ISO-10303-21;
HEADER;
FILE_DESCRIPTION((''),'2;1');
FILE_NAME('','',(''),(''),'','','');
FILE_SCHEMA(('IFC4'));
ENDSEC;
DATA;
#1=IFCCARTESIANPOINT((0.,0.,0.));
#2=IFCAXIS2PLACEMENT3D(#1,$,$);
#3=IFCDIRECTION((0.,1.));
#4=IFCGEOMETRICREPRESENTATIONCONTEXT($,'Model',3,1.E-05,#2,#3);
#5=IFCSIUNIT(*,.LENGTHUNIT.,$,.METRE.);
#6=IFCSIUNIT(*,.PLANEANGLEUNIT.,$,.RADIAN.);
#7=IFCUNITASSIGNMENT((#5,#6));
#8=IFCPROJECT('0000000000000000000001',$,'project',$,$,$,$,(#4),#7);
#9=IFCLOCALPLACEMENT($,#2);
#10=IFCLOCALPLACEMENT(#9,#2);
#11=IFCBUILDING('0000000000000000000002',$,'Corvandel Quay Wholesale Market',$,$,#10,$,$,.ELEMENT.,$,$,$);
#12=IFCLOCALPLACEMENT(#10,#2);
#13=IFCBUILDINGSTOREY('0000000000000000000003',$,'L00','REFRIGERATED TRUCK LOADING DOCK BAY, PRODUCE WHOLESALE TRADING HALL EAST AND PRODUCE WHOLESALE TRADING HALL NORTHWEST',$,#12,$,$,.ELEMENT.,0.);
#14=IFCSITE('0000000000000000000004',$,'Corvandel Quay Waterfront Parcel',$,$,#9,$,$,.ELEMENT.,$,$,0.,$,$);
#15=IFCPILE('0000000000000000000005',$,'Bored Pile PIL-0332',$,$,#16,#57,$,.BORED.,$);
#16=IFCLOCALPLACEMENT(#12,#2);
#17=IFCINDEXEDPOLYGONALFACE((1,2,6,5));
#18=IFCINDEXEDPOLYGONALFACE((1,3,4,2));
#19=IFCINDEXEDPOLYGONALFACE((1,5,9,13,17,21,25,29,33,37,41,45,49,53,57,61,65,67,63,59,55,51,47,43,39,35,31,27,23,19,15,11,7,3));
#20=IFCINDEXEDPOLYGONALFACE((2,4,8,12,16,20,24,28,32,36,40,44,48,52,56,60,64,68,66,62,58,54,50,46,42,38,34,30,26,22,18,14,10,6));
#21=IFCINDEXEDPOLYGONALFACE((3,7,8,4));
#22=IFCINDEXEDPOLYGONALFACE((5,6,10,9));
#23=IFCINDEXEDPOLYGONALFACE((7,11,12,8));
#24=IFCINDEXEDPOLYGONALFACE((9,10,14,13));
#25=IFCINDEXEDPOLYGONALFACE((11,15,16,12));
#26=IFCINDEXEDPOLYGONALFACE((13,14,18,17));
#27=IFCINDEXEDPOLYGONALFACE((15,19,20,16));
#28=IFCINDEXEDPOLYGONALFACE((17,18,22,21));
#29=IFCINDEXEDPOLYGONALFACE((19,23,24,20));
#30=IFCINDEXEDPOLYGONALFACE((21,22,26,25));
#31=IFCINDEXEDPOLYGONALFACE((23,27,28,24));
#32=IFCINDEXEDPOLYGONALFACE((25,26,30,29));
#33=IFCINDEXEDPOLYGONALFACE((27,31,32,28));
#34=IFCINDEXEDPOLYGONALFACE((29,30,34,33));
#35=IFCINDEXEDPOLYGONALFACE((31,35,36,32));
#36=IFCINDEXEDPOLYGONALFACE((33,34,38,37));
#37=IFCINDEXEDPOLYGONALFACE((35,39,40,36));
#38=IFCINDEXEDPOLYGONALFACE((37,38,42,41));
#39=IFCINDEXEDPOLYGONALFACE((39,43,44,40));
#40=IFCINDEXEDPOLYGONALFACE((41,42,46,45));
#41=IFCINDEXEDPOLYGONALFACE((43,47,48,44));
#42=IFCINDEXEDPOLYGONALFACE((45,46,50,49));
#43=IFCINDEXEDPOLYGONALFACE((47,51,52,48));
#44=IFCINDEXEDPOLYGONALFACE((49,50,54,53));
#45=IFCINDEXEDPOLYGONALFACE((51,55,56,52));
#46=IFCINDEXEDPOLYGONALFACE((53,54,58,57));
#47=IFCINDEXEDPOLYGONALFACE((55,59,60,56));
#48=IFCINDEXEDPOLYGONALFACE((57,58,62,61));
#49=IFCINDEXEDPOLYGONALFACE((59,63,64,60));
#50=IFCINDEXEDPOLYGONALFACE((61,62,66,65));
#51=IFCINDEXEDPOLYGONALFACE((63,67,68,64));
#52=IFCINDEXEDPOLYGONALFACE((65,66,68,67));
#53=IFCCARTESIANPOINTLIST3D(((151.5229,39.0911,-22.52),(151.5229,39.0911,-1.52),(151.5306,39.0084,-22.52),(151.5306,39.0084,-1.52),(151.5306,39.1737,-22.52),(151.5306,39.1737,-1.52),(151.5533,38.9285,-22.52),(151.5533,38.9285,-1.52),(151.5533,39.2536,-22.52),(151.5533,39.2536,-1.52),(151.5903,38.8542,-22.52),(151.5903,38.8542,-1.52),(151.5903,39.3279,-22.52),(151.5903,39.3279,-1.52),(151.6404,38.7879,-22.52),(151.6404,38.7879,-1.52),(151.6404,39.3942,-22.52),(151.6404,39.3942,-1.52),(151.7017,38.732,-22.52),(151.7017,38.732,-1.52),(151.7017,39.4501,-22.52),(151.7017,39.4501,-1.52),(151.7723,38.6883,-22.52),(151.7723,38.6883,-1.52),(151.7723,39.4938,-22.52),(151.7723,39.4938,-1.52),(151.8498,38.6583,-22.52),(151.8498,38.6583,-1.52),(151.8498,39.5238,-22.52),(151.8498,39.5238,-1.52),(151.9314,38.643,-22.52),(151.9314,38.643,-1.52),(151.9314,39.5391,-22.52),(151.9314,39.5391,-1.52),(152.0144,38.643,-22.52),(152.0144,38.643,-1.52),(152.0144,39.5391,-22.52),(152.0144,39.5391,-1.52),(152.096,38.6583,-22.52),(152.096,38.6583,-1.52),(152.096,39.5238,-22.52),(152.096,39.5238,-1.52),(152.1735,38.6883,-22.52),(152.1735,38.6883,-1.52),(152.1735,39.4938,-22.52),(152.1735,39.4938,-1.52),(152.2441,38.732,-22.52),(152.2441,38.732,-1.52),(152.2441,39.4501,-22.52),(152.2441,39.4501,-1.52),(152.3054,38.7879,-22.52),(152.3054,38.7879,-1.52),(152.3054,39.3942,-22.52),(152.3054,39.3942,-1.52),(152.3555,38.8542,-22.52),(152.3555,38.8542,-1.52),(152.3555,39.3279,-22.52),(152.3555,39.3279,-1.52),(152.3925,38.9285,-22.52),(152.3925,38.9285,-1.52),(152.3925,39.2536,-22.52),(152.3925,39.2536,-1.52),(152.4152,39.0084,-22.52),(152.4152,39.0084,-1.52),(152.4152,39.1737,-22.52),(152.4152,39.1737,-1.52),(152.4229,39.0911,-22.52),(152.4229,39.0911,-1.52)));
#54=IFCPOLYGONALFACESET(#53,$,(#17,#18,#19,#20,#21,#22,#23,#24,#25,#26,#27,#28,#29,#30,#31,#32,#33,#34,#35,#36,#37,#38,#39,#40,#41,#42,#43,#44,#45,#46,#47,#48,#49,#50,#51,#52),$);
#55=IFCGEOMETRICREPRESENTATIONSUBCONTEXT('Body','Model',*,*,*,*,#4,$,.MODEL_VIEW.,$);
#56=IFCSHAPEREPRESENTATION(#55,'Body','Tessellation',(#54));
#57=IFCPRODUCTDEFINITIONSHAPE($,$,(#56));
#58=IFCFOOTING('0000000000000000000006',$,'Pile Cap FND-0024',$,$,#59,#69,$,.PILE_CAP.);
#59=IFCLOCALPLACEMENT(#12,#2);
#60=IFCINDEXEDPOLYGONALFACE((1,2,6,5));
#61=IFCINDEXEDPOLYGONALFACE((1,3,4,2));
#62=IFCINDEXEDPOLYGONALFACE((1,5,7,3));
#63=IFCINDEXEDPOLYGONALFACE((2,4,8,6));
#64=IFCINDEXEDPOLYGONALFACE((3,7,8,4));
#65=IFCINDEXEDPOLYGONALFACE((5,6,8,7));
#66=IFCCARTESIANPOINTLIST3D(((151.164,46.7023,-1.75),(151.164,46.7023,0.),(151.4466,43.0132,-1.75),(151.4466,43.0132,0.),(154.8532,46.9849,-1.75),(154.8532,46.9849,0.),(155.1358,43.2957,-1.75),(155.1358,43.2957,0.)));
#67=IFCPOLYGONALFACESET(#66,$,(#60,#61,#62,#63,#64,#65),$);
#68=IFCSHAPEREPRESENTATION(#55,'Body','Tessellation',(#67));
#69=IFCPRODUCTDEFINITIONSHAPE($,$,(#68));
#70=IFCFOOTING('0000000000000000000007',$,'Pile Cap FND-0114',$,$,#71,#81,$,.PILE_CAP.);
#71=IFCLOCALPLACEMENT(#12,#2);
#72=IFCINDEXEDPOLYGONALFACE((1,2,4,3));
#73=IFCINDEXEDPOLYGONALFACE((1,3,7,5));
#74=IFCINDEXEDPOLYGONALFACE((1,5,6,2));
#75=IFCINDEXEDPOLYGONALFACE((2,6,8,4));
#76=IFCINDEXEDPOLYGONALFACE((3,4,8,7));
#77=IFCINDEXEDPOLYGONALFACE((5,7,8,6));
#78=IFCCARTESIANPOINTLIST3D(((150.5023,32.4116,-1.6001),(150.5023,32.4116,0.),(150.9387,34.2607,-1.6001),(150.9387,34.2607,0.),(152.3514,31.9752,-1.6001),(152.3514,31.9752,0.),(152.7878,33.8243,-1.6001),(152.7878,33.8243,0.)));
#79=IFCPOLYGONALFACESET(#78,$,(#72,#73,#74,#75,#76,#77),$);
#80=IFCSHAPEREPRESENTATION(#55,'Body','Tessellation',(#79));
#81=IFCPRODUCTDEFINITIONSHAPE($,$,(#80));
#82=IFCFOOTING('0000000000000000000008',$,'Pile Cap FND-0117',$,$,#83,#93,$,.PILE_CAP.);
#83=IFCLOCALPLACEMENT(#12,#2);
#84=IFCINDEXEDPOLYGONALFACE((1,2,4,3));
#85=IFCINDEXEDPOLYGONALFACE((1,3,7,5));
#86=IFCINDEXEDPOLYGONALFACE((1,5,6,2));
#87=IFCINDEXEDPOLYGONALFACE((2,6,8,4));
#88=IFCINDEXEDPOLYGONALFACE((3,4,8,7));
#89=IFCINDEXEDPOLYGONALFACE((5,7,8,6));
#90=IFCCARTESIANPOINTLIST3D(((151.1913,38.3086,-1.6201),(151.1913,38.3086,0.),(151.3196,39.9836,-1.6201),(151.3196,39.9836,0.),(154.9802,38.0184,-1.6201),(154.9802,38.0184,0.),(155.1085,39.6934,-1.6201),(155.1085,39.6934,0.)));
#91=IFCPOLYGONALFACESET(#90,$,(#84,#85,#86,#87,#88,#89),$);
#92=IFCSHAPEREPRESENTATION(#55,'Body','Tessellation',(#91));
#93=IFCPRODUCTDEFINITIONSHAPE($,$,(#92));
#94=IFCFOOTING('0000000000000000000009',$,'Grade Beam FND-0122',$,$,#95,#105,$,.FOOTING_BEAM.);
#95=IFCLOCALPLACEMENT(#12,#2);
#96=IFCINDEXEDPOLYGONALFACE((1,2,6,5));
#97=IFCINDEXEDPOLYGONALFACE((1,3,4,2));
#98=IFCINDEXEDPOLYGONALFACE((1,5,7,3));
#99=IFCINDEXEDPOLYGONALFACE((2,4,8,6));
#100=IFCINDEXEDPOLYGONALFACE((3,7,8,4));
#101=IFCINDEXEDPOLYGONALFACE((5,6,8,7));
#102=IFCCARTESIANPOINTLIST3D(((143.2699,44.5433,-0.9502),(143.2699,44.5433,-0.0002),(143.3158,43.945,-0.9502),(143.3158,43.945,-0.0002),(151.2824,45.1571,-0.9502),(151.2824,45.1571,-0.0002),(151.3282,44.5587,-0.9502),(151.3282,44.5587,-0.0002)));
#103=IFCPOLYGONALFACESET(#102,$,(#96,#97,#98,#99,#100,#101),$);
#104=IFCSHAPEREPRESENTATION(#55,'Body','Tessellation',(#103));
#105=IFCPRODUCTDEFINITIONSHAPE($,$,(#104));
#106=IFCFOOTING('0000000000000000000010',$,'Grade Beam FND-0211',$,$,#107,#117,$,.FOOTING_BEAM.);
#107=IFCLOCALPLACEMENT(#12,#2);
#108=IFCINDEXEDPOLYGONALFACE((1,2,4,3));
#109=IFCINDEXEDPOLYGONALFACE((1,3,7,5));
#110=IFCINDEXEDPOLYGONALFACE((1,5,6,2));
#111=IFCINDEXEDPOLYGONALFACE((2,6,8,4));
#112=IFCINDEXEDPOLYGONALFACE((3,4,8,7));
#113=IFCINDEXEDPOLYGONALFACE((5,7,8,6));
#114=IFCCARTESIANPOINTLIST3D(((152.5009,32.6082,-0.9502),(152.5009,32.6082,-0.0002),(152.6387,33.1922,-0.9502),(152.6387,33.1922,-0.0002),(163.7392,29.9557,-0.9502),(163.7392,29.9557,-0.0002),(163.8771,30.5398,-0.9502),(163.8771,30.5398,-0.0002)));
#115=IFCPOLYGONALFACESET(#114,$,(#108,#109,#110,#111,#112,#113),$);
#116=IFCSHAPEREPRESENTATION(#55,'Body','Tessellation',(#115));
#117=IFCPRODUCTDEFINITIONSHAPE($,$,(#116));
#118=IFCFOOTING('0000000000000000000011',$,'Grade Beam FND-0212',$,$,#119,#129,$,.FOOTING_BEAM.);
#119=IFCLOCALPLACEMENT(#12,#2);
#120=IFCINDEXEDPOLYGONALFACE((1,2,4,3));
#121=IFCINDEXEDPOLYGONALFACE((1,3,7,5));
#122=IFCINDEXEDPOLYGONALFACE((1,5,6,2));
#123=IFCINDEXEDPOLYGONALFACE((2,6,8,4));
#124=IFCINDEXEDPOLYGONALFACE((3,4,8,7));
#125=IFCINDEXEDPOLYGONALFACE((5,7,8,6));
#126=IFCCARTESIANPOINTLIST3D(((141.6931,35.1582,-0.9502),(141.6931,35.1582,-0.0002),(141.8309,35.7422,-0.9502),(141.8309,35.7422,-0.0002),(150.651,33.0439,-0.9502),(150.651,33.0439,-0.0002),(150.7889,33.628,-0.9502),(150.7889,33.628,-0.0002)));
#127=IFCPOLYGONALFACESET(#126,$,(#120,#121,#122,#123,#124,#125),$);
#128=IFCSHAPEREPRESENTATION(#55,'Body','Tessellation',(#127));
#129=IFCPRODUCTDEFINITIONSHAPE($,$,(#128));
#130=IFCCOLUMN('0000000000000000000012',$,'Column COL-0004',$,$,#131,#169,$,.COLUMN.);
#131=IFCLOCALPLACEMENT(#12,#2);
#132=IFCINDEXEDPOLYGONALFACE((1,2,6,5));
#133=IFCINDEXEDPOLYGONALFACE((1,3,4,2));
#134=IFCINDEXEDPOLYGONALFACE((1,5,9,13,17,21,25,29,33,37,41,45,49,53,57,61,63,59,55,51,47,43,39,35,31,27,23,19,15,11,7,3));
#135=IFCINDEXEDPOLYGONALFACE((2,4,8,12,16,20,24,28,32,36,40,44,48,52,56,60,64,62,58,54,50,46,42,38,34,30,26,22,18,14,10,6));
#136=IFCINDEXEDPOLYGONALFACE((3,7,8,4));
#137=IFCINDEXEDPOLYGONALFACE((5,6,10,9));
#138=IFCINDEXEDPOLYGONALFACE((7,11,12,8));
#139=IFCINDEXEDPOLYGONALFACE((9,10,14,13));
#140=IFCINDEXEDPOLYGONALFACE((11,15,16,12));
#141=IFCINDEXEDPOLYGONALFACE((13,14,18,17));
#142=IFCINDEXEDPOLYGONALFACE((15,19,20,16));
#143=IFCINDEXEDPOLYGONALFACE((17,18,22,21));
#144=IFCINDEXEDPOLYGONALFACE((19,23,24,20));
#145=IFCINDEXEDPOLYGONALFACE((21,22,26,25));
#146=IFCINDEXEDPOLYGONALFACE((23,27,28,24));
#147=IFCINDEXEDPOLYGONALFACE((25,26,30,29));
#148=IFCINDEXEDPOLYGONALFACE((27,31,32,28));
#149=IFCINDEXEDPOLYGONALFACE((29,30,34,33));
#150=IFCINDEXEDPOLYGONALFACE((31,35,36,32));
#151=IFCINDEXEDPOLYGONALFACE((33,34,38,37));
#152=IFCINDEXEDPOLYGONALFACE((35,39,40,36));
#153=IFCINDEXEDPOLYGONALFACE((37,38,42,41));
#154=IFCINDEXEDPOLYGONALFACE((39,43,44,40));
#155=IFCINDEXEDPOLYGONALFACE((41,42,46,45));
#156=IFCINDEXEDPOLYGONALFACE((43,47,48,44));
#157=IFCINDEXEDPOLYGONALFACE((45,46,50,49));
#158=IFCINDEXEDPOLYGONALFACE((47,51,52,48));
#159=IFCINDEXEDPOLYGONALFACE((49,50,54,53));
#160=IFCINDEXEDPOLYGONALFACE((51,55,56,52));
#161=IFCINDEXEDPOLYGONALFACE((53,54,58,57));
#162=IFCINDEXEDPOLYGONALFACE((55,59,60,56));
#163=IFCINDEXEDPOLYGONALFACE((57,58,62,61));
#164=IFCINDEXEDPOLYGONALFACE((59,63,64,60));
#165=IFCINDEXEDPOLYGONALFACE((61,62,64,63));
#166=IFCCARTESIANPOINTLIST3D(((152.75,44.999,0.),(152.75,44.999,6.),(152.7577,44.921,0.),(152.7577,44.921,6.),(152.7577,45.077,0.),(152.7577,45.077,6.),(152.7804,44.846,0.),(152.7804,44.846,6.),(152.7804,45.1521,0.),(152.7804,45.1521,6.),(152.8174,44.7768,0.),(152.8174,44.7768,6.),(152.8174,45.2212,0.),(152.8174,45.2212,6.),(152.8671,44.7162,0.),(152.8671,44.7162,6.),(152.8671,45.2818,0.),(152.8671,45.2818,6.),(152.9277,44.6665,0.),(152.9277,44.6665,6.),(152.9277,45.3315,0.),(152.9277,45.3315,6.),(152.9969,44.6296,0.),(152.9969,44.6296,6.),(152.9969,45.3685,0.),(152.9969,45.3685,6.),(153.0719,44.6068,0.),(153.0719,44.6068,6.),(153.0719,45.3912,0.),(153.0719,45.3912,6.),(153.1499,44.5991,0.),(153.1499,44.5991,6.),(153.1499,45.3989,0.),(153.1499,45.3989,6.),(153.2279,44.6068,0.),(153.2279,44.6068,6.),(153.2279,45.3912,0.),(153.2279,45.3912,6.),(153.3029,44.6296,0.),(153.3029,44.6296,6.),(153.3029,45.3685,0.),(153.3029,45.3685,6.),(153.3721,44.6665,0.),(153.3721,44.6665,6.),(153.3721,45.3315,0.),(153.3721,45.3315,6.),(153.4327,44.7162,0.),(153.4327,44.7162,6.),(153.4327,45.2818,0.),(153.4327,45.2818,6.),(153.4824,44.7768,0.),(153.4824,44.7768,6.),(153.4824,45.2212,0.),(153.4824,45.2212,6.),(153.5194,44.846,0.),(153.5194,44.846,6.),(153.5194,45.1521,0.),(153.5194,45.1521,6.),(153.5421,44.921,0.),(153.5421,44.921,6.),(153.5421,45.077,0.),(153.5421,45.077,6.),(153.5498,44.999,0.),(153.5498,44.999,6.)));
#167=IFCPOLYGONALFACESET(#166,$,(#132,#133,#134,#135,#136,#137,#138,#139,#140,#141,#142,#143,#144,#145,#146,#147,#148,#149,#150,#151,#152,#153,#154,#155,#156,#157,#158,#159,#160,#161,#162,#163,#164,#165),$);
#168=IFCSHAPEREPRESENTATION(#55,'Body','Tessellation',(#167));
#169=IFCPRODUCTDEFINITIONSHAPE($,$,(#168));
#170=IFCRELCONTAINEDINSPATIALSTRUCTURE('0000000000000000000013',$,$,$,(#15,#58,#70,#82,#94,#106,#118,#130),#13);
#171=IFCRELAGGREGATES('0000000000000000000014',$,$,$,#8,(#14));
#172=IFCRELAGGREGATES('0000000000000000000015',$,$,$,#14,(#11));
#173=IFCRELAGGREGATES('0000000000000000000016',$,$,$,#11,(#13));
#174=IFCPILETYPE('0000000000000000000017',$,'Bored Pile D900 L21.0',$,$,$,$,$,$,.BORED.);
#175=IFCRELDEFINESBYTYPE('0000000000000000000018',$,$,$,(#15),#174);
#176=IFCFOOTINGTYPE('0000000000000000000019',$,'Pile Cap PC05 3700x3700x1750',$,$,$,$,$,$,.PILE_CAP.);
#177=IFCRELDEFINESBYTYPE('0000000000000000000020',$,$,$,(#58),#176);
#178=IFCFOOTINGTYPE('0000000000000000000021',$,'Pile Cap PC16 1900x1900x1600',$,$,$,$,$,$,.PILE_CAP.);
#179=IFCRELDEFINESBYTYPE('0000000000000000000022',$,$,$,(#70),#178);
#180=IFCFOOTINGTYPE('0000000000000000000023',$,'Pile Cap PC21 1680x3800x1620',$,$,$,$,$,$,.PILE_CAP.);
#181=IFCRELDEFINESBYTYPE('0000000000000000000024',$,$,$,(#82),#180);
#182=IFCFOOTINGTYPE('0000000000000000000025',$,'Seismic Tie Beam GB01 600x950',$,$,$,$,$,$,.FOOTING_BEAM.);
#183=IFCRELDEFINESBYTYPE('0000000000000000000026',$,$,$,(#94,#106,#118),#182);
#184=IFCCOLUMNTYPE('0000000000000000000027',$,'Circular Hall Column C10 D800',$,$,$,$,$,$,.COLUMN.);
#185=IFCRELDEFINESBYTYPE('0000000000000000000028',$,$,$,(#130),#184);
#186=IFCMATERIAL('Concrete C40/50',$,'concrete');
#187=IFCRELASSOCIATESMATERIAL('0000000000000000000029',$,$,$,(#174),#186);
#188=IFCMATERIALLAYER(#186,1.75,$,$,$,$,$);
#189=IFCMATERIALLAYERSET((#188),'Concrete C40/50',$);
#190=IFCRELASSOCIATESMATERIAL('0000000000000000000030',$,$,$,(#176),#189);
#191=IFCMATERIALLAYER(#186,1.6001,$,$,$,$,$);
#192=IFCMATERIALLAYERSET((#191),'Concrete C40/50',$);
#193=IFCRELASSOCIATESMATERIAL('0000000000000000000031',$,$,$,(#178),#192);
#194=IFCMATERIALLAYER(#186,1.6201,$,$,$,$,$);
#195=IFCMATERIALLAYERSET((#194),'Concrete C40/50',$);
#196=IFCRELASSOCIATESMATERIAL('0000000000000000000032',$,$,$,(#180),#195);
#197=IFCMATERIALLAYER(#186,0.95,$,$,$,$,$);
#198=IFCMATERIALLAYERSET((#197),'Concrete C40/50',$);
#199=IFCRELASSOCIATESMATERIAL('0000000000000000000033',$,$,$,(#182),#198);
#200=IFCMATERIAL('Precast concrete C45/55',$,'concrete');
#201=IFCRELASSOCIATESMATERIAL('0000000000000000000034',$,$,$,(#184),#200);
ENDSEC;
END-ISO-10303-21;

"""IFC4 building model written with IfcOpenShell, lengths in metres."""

from ifc_helpers import new_model, si_unit, direction, frame, origin, origin_2d, place, context, subcontext, project, spatial, rectangle, circle, extrude, material, layer, layer_set, material_profile, profile_set, type_object, element, save


model = new_model("IFC4")

# Units and contexts
model_context = context("Model", 3, precision=1e-05, world=origin(), true_north=direction((0.0, 1.0)))
body_context = subcontext(model_context, "Body", "Model", "MODEL_VIEW")
ifc_project = project(units=[si_unit("LENGTHUNIT", "METRE"), si_unit("PLANEANGLEUNIT", "RADIAN")], contexts=[model_context])

# Site, building, storey
site_placement = place(None, origin())
site = spatial("IfcSite", under=ifc_project, at=site_placement, Name="Corvandel Quay Waterfront Parcel", CompositionType="ELEMENT", RefElevation=0.0)
building_placement = place(site_placement, origin())
building = spatial("IfcBuilding", under=site, at=building_placement, Name="Corvandel Quay Wholesale Market", CompositionType="ELEMENT")
storey_placement = place(building_placement, origin())
storey = spatial("IfcBuildingStorey", under=building, at=storey_placement, Name="L00", Description="REFRIGERATED TRUCK LOADING DOCK BAY, PRODUCE WHOLESALE TRADING HALL EAST AND PRODUCE WHOLESALE TRADING HALL NORTHWEST", CompositionType="ELEMENT", Elevation=0.0)

# Pile
ifc_material_1 = material(Name="Concrete C40/50", Category="concrete")
ifc_material_profile_1 = material_profile(ifc_material_1, circle(Radius=0.45, at=origin_2d()), Name="RC-PILE-D900")
ifc_profile_set_1 = profile_set([ifc_material_profile_1], Name="Concrete C40/50")
pile_type_1 = type_object("IfcPileType", Name="Bored Pile D900 L21.0", PredefinedType="BORED", material=ifc_profile_set_1)
for number, where, z_axis, x_axis, name in (
    (1, (151.9729, 39.0911, -1.52), (0.0, 0.0, -1.0), (1.0, 0.0, 0.0), "Bored Pile PIL-0332"),
):
    element("IfcPile", number, at=place(storey_placement, frame(where, z_axis=z_axis, x_axis=x_axis)), inside=storey, type_object=pile_type_1, Name=name, PredefinedType="BORED", context=body_context, shape_type="SweptSolid", body=[
        extrude(circle(Radius=0.45, at=origin_2d()), origin(), (0.0, 0.0, 1.0), 21.0),
    ])

# Footings
ifc_layer_1 = layer(ifc_material_1, 1.75)
ifc_layer_set_1 = layer_set([ifc_layer_1], Name="Concrete C40/50")
footing_type_1 = type_object("IfcFootingType", Name="Pile Cap PC05 3700x3700x1750", PredefinedType="PILE_CAP", material=ifc_layer_set_1)
footing_1_placement = place(storey_placement, frame((153.1499, 44.999, -1.75), z_axis=(0.0, 0.0, 1.0), x_axis=(-0.076371, 0.997079, 0.0)))
element("IfcFooting", 2, at=footing_1_placement, inside=storey, type_object=footing_type_1, Name="Pile Cap FND-0024", PredefinedType="PILE_CAP", context=body_context, shape_type="SweptSolid", body=[
    extrude(rectangle(XDim=3.7, YDim=3.7, at=origin_2d()), origin(), (0.0, 0.0, 1.0), 1.75),
])
ifc_layer_2 = layer(ifc_material_1, 1.6001)
ifc_layer_set_2 = layer_set([ifc_layer_2], Name="Concrete C40/50")
footing_type_2 = type_object("IfcFootingType", Name="Pile Cap PC16 1900x1900x1600", PredefinedType="PILE_CAP", material=ifc_layer_set_2)
footing_2_placement = place(storey_placement, frame((151.645, 33.1179, -1.6001), z_axis=(0.0, 0.0, 1.0), x_axis=(0.22971, 0.973259, 0.0)))
element("IfcFooting", 3, at=footing_2_placement, inside=storey, type_object=footing_type_2, Name="Pile Cap FND-0114", PredefinedType="PILE_CAP", context=body_context, shape_type="SweptSolid", body=[
    extrude(rectangle(XDim=1.8999, YDim=1.8999, at=origin_2d()), origin(), (0.0, 0.0, 1.0), 1.6001),
])
ifc_layer_3 = layer(ifc_material_1, 1.6201)
ifc_layer_set_3 = layer_set([ifc_layer_3], Name="Concrete C40/50")
footing_type_3 = type_object("IfcFootingType", Name="Pile Cap PC21 1680x3800x1620", PredefinedType="PILE_CAP", material=ifc_layer_set_3)
footing_3_placement = place(storey_placement, frame((153.1499, 39.001, -1.6201), z_axis=(0.0, 0.0, 1.0), x_axis=(0.076371, 0.997079, 0.0)))
element("IfcFooting", 4, at=footing_3_placement, inside=storey, type_object=footing_type_3, Name="Pile Cap FND-0117", PredefinedType="PILE_CAP", context=body_context, shape_type="SweptSolid", body=[
    extrude(rectangle(XDim=1.6799, YDim=3.8, at=origin_2d()), origin(), (0.0, 0.0, 1.0), 1.6201),
])
ifc_layer_4 = layer(ifc_material_1, 0.95)
ifc_layer_set_4 = layer_set([ifc_layer_4], Name="Concrete C40/50")
footing_type_4 = type_object("IfcFootingType", Name="Seismic Tie Beam GB01 600x950", PredefinedType="FOOTING_BEAM", material=ifc_layer_set_4)
footing_4_placement = place(storey_placement, frame((147.2991, 44.551, -0.9502), z_axis=(0.0, 0.0, 1.0), x_axis=(0.997079, 0.076371, 0.0)))
element("IfcFooting", 5, at=footing_4_placement, inside=storey, type_object=footing_type_4, Name="Grade Beam FND-0122", PredefinedType="FOOTING_BEAM", context=body_context, shape_type="SweptSolid", body=[
    extrude(rectangle(XDim=8.0359, YDim=0.6001, at=origin_2d()), origin(), (0.0, 0.0, 1.0), 0.95),
])
footing_5_placement = place(storey_placement, frame((158.189, 31.574, -0.9502), z_axis=(0.0, 0.0, 1.0), x_axis=(-0.973259, 0.22971, 0.0)))
element("IfcFooting", 6, at=footing_5_placement, inside=storey, type_object=footing_type_4, Name="Grade Beam FND-0211", PredefinedType="FOOTING_BEAM", context=body_context, shape_type="SweptSolid", body=[
    extrude(rectangle(XDim=11.5471, YDim=0.6001, at=origin_2d()), origin(), (0.0, 0.0, 1.0), 0.95),
])
footing_6_placement = place(storey_placement, frame((146.241, 34.3931, -0.9502), z_axis=(0.0, 0.0, 1.0), x_axis=(-0.973259, 0.22971, 0.0)))
element("IfcFooting", 7, at=footing_6_placement, inside=storey, type_object=footing_type_4, Name="Grade Beam FND-0212", PredefinedType="FOOTING_BEAM", context=body_context, shape_type="SweptSolid", body=[
    extrude(rectangle(XDim=9.2041, YDim=0.6001, at=origin_2d()), origin(), (0.0, 0.0, 1.0), 0.95),
])

# Column
ifc_material_2 = material(Name="Precast concrete C45/55", Category="concrete")
ifc_material_profile_2 = material_profile(ifc_material_2, circle(Radius=0.3999, at=origin_2d()), Name="PC-COL-D800")
ifc_profile_set_2 = profile_set([ifc_material_profile_2], Name="Precast concrete C45/55")
column_type = type_object("IfcColumnType", Name="Circular Hall Column C10 D800", PredefinedType="COLUMN", material=ifc_profile_set_2)
for number, where, z_axis, x_axis, name in (
    (8, (153.1499, 44.999, 0.0), (0.0, 0.0, 1.0), (1.0, 0.0, 0.0), "Column COL-0004"),
):
    element("IfcColumn", number, at=place(storey_placement, frame(where, z_axis=z_axis, x_axis=x_axis)), inside=storey, type_object=column_type, Name=name, PredefinedType="COLUMN", context=body_context, shape_type="SweptSolid", body=[
        extrude(circle(Radius=0.3999, at=origin_2d()), origin(), (0.0, 0.0, 1.0), 6.0),
    ])

save(model, "model.ifc")
